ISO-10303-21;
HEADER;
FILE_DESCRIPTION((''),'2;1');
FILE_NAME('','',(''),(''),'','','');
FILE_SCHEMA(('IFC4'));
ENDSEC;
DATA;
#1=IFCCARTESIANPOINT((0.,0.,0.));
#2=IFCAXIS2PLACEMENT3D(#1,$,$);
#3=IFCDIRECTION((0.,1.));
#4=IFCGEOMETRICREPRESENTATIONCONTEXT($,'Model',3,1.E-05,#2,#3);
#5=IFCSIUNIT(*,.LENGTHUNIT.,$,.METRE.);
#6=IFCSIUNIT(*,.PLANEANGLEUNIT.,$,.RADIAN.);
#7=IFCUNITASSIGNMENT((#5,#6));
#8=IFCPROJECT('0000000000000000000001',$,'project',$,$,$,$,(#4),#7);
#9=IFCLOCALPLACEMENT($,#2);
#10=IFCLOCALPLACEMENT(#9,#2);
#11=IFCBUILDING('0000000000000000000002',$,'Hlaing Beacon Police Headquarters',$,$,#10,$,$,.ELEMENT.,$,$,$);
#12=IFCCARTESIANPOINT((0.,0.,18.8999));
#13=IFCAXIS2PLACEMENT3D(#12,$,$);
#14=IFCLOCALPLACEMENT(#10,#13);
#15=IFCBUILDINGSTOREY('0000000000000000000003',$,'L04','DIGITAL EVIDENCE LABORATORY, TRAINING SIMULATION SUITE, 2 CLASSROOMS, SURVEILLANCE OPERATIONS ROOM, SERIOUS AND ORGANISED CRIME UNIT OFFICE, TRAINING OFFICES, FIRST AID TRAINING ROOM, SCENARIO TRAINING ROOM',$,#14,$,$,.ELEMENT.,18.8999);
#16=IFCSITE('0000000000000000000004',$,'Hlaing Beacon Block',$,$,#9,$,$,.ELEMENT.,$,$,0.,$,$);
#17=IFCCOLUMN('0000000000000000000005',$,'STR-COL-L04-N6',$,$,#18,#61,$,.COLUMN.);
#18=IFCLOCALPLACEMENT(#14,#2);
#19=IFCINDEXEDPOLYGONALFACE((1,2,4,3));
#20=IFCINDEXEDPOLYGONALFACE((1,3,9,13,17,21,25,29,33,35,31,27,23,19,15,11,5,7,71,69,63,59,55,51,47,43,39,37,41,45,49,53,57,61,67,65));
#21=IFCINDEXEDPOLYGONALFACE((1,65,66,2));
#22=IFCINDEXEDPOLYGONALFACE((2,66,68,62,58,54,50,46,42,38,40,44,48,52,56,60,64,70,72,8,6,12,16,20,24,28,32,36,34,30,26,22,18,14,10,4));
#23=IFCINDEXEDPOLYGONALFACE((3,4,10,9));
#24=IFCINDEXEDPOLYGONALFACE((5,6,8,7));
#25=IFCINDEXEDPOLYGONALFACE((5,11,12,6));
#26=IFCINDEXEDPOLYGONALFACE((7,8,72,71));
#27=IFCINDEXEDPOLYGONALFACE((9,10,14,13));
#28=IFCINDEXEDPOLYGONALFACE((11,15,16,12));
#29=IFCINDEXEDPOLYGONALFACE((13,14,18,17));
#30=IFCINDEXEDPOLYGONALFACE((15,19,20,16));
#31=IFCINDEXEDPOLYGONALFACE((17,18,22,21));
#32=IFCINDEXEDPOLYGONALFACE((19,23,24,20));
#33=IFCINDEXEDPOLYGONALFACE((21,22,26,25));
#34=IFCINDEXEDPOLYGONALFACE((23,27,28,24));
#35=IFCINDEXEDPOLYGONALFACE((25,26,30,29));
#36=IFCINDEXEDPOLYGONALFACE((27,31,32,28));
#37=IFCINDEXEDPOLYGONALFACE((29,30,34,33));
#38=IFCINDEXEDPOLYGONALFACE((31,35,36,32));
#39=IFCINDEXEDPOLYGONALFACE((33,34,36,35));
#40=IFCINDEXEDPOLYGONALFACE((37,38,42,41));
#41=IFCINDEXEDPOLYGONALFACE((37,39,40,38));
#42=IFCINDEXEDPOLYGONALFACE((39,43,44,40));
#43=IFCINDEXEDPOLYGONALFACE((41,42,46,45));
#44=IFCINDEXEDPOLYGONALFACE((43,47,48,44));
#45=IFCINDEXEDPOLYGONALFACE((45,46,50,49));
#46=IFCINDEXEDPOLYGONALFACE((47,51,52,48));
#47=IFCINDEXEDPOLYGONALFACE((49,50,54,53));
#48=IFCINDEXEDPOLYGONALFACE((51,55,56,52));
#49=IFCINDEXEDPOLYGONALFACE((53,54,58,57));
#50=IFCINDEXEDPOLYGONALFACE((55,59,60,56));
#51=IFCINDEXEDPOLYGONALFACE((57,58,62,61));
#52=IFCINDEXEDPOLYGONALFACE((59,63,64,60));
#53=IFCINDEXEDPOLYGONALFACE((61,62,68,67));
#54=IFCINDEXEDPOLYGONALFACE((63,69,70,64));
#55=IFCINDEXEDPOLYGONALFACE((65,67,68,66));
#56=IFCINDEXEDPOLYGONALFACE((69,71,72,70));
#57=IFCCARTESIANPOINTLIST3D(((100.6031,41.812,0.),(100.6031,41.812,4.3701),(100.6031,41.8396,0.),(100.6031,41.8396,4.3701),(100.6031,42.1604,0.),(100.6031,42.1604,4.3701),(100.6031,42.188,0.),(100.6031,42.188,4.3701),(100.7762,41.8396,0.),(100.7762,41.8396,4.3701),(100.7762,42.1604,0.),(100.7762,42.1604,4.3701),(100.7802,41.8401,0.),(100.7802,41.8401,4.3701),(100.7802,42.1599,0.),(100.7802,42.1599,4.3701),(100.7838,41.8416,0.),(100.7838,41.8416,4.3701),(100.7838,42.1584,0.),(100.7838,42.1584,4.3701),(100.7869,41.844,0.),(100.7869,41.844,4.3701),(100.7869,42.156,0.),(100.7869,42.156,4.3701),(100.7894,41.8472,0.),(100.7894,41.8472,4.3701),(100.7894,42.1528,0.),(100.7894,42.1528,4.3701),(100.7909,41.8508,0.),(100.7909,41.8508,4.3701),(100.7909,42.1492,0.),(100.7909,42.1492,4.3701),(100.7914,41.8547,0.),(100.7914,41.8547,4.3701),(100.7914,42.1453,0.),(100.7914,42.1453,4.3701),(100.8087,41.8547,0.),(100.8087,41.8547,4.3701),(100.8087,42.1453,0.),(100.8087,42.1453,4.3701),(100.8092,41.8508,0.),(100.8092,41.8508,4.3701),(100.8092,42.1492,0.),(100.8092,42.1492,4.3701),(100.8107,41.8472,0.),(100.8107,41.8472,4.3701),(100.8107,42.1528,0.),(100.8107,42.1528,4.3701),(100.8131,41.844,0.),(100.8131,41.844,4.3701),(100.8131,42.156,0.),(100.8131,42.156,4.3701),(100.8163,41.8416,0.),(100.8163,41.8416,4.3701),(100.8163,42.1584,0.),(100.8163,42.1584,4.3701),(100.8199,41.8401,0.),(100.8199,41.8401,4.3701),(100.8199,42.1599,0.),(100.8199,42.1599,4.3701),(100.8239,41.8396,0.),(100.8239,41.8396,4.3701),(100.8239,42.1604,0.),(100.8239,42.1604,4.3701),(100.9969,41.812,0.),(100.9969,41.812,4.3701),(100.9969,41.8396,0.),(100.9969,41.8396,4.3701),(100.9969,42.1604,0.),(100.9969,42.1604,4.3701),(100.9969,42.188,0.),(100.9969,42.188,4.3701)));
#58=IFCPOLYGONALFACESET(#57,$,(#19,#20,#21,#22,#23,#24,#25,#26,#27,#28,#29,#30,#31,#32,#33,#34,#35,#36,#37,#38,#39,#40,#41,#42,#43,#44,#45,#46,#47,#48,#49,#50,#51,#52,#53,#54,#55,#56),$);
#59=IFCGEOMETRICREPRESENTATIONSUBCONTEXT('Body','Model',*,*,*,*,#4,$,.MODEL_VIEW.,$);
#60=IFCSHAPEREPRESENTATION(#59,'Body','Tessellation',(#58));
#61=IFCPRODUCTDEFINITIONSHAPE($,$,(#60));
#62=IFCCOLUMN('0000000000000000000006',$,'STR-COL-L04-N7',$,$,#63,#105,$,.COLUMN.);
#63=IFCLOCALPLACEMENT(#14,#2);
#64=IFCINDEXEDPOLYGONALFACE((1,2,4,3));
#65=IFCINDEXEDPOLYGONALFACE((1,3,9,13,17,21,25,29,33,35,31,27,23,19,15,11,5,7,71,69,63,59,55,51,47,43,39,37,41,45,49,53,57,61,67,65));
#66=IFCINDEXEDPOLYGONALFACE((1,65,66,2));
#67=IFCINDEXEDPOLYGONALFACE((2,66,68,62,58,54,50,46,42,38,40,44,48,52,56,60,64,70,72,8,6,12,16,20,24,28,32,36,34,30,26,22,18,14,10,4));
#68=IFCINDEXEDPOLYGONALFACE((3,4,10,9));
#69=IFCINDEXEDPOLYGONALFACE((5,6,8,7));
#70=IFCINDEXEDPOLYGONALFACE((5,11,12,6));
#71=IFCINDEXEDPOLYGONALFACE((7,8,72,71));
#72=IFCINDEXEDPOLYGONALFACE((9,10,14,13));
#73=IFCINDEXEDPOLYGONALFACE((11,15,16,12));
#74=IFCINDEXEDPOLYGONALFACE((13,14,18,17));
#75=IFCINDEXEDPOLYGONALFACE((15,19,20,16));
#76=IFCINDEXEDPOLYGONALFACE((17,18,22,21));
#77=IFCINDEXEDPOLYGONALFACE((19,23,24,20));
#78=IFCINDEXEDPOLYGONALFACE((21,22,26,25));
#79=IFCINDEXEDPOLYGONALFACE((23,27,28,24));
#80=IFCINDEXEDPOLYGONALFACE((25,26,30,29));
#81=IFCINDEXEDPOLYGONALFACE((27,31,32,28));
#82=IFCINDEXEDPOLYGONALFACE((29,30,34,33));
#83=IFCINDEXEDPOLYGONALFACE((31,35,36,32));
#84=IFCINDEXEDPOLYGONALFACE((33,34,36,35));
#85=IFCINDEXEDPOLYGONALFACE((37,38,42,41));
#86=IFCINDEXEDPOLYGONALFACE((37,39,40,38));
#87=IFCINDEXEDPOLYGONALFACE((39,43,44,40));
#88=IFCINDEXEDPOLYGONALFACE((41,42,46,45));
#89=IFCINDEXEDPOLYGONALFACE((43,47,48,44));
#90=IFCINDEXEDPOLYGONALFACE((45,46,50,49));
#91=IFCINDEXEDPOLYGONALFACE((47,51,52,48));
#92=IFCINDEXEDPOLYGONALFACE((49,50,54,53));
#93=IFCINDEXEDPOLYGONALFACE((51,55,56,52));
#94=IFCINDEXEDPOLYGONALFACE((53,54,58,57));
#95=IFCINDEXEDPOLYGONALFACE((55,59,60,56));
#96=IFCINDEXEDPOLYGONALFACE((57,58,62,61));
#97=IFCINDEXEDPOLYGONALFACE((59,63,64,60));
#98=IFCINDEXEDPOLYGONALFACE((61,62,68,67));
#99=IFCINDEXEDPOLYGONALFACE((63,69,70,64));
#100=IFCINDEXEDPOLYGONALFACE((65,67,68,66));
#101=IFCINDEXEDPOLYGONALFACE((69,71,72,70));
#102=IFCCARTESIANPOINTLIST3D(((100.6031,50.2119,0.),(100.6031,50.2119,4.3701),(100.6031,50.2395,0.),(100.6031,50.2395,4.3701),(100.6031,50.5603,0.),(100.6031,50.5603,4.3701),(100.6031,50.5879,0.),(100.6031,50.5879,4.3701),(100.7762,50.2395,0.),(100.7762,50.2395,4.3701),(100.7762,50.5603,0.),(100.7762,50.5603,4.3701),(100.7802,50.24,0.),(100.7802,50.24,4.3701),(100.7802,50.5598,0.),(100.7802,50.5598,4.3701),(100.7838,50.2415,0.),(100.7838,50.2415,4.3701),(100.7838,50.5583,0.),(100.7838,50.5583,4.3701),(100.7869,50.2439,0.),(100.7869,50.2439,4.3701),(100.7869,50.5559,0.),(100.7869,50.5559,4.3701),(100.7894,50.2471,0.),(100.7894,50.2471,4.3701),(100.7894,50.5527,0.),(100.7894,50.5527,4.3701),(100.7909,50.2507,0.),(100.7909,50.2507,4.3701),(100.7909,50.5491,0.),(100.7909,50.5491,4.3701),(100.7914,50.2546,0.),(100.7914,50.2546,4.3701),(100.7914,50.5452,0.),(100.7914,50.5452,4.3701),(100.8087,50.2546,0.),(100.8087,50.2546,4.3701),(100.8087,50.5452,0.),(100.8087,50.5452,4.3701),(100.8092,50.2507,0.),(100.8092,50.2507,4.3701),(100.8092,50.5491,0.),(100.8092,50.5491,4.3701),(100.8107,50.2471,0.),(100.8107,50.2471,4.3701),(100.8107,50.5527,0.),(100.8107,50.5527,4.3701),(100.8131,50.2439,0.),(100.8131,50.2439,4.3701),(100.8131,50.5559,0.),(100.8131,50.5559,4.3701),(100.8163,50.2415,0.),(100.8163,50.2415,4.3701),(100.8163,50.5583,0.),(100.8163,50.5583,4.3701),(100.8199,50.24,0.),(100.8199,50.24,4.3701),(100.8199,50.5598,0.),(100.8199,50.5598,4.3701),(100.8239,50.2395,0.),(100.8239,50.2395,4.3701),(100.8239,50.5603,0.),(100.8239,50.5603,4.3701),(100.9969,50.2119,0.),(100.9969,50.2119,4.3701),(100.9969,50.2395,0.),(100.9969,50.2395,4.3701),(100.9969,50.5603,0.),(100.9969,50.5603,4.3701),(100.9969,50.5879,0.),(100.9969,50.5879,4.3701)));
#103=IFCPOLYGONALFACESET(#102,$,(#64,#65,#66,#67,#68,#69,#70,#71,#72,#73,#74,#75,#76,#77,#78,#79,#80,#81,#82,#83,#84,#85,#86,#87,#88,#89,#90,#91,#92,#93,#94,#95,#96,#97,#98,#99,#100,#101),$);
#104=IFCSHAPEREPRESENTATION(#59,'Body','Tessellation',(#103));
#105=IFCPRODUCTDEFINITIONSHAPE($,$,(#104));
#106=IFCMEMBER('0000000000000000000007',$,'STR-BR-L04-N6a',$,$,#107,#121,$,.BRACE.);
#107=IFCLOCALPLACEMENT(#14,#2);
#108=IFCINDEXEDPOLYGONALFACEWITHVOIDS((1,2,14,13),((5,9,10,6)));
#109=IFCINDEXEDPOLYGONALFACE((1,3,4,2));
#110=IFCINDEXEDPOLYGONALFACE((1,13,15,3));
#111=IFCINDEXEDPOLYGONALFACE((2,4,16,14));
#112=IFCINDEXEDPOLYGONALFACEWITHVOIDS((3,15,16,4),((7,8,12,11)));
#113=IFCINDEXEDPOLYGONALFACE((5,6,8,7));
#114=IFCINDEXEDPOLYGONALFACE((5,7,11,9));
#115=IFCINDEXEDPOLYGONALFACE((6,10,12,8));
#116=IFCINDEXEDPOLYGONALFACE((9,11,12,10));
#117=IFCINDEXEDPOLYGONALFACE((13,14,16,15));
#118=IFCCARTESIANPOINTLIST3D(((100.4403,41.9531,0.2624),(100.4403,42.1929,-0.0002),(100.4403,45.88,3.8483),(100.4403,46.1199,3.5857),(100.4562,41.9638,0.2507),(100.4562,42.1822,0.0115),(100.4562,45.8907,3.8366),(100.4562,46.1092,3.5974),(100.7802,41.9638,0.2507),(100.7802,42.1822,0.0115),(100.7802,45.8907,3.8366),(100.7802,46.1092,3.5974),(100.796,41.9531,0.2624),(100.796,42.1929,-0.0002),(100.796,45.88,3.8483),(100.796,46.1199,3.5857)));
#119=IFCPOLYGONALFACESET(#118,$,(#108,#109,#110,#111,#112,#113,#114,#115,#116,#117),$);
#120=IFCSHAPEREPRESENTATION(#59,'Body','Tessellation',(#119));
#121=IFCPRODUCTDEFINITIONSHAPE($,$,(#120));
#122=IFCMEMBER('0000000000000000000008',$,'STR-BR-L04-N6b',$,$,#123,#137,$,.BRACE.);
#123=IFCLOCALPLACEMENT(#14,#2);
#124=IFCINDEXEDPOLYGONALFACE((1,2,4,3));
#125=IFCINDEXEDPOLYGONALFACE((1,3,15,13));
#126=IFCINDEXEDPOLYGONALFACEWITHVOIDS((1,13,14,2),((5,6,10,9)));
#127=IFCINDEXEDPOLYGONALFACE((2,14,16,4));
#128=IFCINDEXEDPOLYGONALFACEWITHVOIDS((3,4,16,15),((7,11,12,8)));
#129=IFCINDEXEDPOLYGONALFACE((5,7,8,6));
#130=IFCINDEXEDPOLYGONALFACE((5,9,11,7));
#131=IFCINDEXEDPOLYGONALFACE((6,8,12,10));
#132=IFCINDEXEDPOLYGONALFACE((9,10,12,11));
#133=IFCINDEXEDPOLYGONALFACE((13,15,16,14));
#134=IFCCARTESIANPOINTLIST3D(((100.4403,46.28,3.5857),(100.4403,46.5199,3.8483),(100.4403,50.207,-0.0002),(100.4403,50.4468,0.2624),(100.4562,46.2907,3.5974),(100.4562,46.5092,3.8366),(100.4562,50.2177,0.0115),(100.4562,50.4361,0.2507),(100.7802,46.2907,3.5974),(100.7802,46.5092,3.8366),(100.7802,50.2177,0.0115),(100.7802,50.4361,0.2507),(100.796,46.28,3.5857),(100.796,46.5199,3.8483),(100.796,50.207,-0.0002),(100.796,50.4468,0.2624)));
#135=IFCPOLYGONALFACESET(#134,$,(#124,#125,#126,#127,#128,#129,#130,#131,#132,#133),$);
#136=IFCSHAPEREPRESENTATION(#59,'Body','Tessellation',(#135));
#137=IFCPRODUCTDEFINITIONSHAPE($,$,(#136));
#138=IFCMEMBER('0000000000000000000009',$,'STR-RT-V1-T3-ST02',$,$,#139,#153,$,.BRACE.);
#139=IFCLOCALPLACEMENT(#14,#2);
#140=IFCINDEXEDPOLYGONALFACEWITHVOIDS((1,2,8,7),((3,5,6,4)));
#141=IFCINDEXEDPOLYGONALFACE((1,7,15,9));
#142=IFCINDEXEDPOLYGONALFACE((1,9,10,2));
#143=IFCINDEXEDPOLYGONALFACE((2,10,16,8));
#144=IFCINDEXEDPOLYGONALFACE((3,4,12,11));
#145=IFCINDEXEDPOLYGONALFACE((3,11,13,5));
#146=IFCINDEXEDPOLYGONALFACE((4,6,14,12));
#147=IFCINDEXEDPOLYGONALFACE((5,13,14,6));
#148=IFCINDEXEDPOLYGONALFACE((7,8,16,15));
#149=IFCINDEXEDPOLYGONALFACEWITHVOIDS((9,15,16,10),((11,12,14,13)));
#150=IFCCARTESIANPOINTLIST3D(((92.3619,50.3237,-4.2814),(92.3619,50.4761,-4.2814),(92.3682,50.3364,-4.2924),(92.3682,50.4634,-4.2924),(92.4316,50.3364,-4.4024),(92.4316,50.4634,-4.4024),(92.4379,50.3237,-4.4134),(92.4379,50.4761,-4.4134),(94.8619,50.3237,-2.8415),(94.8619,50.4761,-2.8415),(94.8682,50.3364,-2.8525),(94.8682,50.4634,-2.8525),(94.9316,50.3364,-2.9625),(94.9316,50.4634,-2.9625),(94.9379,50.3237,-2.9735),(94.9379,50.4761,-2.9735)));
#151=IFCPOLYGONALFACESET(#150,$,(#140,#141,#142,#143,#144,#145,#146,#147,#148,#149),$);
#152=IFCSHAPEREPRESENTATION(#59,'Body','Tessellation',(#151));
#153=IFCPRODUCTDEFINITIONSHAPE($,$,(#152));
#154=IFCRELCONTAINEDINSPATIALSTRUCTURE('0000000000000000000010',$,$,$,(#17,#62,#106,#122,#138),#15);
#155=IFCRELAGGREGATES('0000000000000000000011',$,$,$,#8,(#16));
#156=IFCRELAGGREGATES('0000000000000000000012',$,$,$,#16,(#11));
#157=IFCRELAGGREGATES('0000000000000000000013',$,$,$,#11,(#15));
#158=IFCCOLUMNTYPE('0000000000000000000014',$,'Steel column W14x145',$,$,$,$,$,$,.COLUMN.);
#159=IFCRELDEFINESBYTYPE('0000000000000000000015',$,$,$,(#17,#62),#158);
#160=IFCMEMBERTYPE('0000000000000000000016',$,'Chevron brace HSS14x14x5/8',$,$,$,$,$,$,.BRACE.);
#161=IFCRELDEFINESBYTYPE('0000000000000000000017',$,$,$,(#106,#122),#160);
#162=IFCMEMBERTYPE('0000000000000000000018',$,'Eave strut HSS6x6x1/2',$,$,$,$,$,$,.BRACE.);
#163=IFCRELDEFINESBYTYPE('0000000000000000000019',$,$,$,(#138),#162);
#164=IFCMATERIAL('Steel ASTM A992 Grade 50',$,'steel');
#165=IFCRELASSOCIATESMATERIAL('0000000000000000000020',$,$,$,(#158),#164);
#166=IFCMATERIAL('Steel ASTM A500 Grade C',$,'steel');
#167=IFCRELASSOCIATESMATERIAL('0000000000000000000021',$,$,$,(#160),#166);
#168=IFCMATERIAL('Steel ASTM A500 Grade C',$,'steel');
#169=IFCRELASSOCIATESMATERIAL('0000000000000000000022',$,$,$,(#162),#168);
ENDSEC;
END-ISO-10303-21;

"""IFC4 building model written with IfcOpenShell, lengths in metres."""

from ifc_helpers import new_model, si_unit, direction, frame, origin, origin_2d, place, context, subcontext, project, spatial, hollow_rectangle, i_section, extrude, material, material_profile, profile_set, type_object, element, save


model = new_model("IFC4")

# Units and contexts
model_context = context("Model", 3, precision=1e-05, world=origin(), true_north=direction((0.0, 1.0)))
body_context = subcontext(model_context, "Body", "Model", "MODEL_VIEW")
ifc_project = project(units=[si_unit("LENGTHUNIT", "METRE"), si_unit("PLANEANGLEUNIT", "RADIAN")], contexts=[model_context])

# Site, building, storey
site_placement = place(None, origin())
site = spatial("IfcSite", under=ifc_project, at=site_placement, Name="Hlaing Beacon Block", CompositionType="ELEMENT", RefElevation=0.0)
building_placement = place(site_placement, origin())
building = spatial("IfcBuilding", under=site, at=building_placement, Name="Hlaing Beacon Police Headquarters", CompositionType="ELEMENT")
storey_placement = place(building_placement, frame((0.0, 0.0, 18.8999)))
storey = spatial("IfcBuildingStorey", under=building, at=storey_placement, Name="L04", Description="DIGITAL EVIDENCE LABORATORY, TRAINING SIMULATION SUITE, 2 CLASSROOMS, SURVEILLANCE OPERATIONS ROOM, SERIOUS AND ORGANISED CRIME UNIT OFFICE, TRAINING OFFICES, FIRST AID TRAINING ROOM, SCENARIO TRAINING ROOM", CompositionType="ELEMENT", Elevation=18.8999)

# Columns
ifc_material_1 = material(Name="Steel ASTM A992 Grade 50", Category="steel")
ifc_material_profile_1 = material_profile(ifc_material_1, i_section(OverallWidth=0.3938, OverallDepth=0.376, WebThickness=0.0173, FlangeThickness=0.0276, FilletRadius=0.0151, at=origin_2d()), Name="W14x145")
ifc_profile_set_1 = profile_set([ifc_material_profile_1], Name="Steel ASTM A992 Grade 50")
column_type = type_object("IfcColumnType", Name="Steel column W14x145", PredefinedType="COLUMN", material=ifc_profile_set_1)
for number, where, z_axis, x_axis, name in (
    (1, (100.8, 42.0, 0.0), (0.0, 0.0, 1.0), (1.0, 0.0, 0.0), "STR-COL-L04-N6"),
    (2, (100.8, 50.3999, 0.0), (0.0, 0.0, 1.0), (1.0, 0.0, 0.0), "STR-COL-L04-N7"),
):
    element("IfcColumn", number, at=place(storey_placement, frame(where, z_axis=z_axis, x_axis=x_axis)), inside=storey, type_object=column_type, Name=name, PredefinedType="COLUMN", context=body_context, shape_type="SweptSolid", body=[
        extrude(i_section(OverallWidth=0.3938, OverallDepth=0.376, WebThickness=0.0173, FlangeThickness=0.0276, FilletRadius=0.0151, at=origin_2d()), origin(), (0.0, 0.0, 1.0), 4.3701),
    ])

# Members
ifc_material_2 = material(Name="Steel ASTM A500 Grade C", Category="steel")
ifc_material_profile_2 = material_profile(ifc_material_2, hollow_rectangle(XDim=0.3557, YDim=0.3557, WallThickness=0.0159, at=origin_2d()), Name="HSS14x14x5/8")
ifc_profile_set_2 = profile_set([ifc_material_profile_2], Name="Steel ASTM A500 Grade C")
member_type_1 = type_object("IfcMemberType", Name="Chevron brace HSS14x14x5/8", PredefinedType="BRACE", material=ifc_profile_set_2)
for number, where, z_axis, x_axis, name in (
    (3, (100.6182, 42.073, 0.1311), (0.0, 0.738447, 0.674312), (-1.0, 0.0, 0.0), "STR-BR-L04-N6a"),
    (4, (100.6182, 50.3269, 0.1311), (0.0, -0.738447, 0.674312), (1.0, 0.0, 0.0), "STR-BR-L04-N6b"),
):
    element("IfcMember", number, at=place(storey_placement, frame(where, z_axis=z_axis, x_axis=x_axis)), inside=storey, type_object=member_type_1, Name=name, PredefinedType="BRACE", context=body_context, shape_type="SweptSolid", body=[
        extrude(hollow_rectangle(XDim=0.3557, YDim=0.3557, WallThickness=0.0159, at=origin_2d()), origin(), (0.0, 0.0, 1.0), 5.3179),
    ])
ifc_material_3 = material(Name="Steel ASTM A500 Grade C", Category="steel")
ifc_material_profile_3 = material_profile(ifc_material_3, hollow_rectangle(XDim=0.1523, YDim=0.1523, WallThickness=0.0127, at=origin_2d()), Name="HSS6x6x1/2")
ifc_profile_set_3 = profile_set([ifc_material_profile_3], Name="Steel ASTM A500 Grade C")
member_type_2 = type_object("IfcMemberType", Name="Eave strut HSS6x6x1/2", PredefinedType="BRACE", material=ifc_profile_set_3)
member_1_placement = place(storey_placement, frame((92.3999, 50.3999, -4.3474), z_axis=(0.86654, 0.0, 0.499107), x_axis=(0.0, 1.0, 0.0)))
element("IfcMember", 5, at=member_1_placement, inside=storey, type_object=member_type_2, Name="STR-RT-V1-T3-ST02", PredefinedType="BRACE", context=body_context, shape_type="SweptSolid", body=[
    extrude(hollow_rectangle(XDim=0.1523, YDim=0.1523, WallThickness=0.0127, at=origin_2d()), origin(), (0.0, 0.0, 1.0), 2.885),
])

save(model, "model.ifc")
